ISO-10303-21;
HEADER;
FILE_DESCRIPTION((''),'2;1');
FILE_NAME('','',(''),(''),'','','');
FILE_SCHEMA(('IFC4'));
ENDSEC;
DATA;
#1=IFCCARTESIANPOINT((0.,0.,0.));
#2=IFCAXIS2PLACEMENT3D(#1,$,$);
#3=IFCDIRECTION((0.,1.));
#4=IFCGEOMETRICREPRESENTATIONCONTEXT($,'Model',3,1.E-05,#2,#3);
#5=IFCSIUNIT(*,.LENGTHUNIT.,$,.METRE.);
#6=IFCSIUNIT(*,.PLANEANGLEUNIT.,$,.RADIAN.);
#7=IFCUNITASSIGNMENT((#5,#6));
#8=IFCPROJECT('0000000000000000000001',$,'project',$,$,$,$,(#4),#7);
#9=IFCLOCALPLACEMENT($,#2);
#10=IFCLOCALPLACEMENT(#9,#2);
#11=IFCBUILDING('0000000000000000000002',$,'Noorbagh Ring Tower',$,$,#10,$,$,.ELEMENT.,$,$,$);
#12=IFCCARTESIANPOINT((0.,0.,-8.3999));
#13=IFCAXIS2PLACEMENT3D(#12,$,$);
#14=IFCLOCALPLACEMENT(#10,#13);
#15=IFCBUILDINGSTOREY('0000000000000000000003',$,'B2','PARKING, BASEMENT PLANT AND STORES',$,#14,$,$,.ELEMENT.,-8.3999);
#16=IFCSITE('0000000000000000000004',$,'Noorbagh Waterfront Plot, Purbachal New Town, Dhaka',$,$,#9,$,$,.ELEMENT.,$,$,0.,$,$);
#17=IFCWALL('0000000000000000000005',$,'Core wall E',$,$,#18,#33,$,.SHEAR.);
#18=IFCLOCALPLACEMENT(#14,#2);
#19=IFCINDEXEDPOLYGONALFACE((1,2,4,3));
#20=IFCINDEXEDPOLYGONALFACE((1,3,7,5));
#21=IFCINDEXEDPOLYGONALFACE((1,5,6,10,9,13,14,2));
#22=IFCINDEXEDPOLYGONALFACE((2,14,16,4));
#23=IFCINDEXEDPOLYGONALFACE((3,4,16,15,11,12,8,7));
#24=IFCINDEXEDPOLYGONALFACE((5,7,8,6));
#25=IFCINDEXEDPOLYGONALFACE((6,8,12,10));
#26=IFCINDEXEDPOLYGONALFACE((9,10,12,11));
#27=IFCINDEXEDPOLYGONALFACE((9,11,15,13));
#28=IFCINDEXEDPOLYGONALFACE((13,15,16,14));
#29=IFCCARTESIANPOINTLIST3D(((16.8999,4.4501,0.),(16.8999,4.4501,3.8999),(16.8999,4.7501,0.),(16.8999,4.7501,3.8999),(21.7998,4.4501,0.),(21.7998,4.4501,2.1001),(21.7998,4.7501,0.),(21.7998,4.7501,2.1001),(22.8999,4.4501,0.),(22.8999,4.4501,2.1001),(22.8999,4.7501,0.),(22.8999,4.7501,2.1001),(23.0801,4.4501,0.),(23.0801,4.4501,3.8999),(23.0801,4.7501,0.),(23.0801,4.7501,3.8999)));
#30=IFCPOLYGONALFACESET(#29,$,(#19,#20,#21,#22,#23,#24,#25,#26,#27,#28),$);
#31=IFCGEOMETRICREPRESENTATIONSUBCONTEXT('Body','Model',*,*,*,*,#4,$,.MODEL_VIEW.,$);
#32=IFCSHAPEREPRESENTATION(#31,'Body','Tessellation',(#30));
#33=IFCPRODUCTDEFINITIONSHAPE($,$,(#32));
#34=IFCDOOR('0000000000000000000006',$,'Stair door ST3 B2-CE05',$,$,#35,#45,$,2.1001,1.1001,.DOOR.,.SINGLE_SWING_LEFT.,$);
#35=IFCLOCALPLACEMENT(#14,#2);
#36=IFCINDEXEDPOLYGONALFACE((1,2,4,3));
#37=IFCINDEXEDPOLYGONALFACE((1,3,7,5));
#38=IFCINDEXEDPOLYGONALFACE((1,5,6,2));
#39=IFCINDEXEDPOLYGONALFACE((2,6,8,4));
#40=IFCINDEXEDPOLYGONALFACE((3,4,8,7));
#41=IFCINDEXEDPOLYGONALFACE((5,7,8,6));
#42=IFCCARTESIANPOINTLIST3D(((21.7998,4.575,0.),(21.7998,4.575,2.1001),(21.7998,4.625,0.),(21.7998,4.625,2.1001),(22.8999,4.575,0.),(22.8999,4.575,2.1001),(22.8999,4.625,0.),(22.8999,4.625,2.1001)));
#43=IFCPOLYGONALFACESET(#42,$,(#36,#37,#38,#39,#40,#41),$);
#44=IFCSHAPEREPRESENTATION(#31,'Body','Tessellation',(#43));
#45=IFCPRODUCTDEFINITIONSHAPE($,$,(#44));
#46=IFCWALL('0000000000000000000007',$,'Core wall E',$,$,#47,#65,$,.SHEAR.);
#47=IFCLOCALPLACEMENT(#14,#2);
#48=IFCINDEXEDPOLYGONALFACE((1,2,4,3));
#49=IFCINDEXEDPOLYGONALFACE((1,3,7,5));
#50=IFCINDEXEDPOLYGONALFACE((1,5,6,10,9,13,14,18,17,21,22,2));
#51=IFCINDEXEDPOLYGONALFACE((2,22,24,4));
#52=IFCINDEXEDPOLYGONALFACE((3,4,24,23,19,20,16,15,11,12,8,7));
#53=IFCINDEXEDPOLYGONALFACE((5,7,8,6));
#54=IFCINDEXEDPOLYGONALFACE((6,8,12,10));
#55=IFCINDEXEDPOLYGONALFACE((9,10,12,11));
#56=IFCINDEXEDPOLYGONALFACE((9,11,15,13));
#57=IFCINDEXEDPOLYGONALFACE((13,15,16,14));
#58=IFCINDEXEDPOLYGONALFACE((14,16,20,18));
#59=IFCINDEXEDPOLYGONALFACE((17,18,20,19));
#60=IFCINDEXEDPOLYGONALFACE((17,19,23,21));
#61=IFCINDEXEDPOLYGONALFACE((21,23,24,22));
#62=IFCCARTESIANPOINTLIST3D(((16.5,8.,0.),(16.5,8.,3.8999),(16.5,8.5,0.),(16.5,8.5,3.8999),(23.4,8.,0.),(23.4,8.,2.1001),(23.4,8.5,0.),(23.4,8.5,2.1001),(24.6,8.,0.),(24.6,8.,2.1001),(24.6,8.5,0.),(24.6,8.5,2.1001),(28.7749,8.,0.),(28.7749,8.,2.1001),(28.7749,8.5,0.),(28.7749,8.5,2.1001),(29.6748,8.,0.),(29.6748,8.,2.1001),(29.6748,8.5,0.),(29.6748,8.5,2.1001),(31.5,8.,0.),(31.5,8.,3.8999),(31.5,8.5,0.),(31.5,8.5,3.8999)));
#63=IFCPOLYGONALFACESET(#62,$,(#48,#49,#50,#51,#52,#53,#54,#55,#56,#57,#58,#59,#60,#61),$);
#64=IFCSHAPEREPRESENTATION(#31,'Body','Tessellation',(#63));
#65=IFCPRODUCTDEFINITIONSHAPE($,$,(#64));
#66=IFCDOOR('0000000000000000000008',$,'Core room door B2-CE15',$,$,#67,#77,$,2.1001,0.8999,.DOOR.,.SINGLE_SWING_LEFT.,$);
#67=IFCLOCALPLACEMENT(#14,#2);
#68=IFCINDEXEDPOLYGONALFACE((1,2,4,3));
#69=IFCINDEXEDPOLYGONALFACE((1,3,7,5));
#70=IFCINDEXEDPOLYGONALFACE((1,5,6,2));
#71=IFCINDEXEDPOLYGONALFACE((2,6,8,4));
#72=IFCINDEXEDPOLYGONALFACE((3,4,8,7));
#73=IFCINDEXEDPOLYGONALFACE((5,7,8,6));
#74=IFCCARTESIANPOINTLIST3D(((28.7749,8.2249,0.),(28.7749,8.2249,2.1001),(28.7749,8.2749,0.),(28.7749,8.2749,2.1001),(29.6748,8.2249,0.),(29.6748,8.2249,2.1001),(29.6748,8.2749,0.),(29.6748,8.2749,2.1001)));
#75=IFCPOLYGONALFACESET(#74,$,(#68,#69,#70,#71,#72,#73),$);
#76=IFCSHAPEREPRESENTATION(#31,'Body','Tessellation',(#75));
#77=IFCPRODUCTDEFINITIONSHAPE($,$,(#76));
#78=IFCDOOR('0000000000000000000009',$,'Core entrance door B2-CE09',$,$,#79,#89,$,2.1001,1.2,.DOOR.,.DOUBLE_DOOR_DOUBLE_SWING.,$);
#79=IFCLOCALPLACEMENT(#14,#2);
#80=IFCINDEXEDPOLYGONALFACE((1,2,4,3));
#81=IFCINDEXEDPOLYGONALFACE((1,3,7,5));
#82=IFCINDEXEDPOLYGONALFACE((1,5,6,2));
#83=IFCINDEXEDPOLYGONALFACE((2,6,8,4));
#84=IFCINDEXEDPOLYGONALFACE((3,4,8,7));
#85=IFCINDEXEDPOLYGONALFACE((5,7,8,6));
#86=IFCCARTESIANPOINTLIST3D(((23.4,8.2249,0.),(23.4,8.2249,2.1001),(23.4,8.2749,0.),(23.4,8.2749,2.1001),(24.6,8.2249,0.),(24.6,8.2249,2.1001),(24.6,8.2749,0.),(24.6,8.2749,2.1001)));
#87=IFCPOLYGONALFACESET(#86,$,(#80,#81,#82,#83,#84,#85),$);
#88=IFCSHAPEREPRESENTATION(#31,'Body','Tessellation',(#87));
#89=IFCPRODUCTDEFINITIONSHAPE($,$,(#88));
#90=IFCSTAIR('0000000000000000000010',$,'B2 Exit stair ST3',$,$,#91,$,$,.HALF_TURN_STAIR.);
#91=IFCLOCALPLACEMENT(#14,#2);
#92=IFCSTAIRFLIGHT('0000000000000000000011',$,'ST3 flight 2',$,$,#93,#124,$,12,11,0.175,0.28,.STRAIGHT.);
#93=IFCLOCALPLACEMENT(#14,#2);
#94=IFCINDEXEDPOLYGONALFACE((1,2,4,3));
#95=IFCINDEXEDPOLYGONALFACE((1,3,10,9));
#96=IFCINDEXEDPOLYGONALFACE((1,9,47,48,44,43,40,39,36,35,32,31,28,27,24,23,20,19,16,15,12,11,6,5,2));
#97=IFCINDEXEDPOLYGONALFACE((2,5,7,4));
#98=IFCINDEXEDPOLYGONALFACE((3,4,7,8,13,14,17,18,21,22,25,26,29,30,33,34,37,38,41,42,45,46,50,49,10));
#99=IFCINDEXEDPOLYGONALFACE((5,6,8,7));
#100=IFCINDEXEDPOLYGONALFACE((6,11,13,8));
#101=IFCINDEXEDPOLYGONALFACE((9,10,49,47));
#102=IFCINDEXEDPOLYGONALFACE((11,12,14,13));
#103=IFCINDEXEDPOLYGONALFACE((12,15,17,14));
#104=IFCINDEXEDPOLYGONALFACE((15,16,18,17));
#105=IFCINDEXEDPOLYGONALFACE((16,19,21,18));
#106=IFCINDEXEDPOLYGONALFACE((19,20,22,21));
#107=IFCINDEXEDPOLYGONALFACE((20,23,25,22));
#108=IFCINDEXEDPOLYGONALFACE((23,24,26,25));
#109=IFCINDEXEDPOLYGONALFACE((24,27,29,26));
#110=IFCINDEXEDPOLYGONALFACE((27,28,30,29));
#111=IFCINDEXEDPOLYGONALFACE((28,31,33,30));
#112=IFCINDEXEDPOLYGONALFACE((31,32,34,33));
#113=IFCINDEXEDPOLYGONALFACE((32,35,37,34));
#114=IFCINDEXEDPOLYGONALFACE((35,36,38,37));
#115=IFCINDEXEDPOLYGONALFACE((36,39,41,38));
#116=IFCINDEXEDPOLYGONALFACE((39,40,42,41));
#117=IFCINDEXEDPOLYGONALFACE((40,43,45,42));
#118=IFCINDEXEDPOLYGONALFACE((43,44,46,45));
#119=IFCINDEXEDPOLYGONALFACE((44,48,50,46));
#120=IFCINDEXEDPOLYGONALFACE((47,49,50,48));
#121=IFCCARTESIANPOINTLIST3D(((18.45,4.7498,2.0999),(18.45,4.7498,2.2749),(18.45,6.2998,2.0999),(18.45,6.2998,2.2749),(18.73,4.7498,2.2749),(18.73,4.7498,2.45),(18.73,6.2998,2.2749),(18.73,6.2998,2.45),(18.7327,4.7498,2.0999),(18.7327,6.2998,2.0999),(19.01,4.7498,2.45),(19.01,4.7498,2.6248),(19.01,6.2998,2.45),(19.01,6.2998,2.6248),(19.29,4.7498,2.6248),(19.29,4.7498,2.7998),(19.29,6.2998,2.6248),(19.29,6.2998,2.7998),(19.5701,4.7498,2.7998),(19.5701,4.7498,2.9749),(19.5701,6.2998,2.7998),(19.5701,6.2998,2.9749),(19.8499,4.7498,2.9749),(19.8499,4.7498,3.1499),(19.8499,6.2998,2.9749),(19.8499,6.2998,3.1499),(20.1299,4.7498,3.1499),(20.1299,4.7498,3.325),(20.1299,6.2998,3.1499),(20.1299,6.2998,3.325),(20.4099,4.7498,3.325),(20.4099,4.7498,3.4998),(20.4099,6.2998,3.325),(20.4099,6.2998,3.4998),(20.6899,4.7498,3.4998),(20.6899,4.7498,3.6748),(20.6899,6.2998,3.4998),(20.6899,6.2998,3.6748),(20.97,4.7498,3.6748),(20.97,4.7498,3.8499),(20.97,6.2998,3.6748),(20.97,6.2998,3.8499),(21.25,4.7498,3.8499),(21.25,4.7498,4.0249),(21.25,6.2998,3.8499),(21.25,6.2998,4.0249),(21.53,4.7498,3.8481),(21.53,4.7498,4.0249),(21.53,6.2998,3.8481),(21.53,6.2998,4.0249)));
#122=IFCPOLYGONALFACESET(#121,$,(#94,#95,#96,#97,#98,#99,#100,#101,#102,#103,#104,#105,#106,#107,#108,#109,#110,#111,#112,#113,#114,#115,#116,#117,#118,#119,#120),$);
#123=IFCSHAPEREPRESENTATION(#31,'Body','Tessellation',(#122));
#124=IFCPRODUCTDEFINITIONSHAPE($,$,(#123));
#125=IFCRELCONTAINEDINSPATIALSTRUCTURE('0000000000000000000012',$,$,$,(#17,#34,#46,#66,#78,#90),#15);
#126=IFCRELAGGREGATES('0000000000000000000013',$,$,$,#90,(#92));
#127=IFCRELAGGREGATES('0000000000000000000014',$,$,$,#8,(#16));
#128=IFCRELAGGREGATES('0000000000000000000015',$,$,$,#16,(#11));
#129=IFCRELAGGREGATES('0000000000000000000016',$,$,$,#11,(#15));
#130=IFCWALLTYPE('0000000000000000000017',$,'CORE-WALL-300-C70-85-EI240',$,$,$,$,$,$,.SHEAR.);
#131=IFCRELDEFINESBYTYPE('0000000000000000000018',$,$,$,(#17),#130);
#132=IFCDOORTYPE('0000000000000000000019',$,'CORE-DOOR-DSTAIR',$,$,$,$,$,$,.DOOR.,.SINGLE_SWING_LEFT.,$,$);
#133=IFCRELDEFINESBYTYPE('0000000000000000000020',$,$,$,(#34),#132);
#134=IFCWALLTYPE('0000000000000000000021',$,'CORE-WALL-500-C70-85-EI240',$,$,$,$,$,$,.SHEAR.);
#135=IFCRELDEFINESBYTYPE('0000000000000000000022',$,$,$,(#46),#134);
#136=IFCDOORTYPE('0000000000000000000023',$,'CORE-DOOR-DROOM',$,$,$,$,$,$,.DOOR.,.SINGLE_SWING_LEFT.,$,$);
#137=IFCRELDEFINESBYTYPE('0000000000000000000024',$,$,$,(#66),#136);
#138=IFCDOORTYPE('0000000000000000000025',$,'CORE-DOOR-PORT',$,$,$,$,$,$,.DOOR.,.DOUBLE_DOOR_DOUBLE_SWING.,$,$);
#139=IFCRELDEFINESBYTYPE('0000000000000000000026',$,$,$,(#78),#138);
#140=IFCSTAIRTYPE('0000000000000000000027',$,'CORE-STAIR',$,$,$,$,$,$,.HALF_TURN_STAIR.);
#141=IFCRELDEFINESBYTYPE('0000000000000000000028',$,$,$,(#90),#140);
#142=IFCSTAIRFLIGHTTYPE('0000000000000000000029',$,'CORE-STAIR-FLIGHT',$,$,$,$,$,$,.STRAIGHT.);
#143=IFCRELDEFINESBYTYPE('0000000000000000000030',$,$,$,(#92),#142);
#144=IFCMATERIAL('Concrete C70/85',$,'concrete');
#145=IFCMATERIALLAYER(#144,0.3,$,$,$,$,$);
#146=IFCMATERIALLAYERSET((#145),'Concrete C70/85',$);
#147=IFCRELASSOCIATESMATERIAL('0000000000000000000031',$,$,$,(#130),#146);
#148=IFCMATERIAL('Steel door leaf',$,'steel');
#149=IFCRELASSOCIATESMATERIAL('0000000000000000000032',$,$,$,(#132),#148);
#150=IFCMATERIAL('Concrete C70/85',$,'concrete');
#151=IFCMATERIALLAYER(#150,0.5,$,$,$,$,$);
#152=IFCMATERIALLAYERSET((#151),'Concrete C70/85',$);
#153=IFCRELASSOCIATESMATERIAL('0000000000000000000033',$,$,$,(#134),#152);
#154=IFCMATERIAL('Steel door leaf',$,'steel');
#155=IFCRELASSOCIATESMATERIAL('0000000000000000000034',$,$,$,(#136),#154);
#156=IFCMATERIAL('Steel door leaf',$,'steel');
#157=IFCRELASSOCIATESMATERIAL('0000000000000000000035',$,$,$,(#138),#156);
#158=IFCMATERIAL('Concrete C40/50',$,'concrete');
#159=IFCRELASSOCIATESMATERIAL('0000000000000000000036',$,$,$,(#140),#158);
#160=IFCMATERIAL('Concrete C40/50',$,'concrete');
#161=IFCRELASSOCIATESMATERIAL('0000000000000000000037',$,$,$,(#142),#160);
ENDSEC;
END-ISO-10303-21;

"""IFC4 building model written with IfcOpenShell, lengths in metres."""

from ifc_helpers import new_model, si_unit, direction, frame, frame_2d, origin, place, context, subcontext, project, spatial, polyline, rectangle, outline, extrude, material, layer, layer_set, type_object, element, fill, aggregate, save


model = new_model("IFC4")

# Units and contexts
model_context = context("Model", 3, precision=1e-05, world=origin(), true_north=direction((0.0, 1.0)))
body_context = subcontext(model_context, "Body", "Model", "MODEL_VIEW")
ifc_project = project(units=[si_unit("LENGTHUNIT", "METRE"), si_unit("PLANEANGLEUNIT", "RADIAN")], contexts=[model_context])

# Site, building, storey
site_placement = place(None, origin())
site = spatial("IfcSite", under=ifc_project, at=site_placement, Name="Noorbagh Waterfront Plot, Purbachal New Town, Dhaka", CompositionType="ELEMENT", RefElevation=0.0)
building_placement = place(site_placement, origin())
building = spatial("IfcBuilding", under=site, at=building_placement, Name="Noorbagh Ring Tower", CompositionType="ELEMENT")
storey_placement = place(building_placement, frame((0.0, 0.0, -8.3999)))
storey = spatial("IfcBuildingStorey", under=building, at=storey_placement, Name="B2", Description="PARKING, BASEMENT PLANT AND STORES", CompositionType="ELEMENT", Elevation=-8.3999)

# Wall, opening, door
ifc_material_1 = material(Name="Concrete C70/85", Category="concrete")
ifc_layer_1 = layer(ifc_material_1, 0.3)
ifc_layer_set_1 = layer_set([ifc_layer_1], Name="Concrete C70/85")
wall_type_1 = type_object("IfcWallType", Name="CORE-WALL-300-C70-85-EI240", PredefinedType="SHEAR", material=ifc_layer_set_1)
wall_1_placement = place(storey_placement, frame((16.8999, 4.6001, 0.0), z_axis=(0.0, 0.0, 1.0), x_axis=(1.0, 0.0, 0.0)))
wall_1 = element("IfcWall", 1, at=wall_1_placement, inside=storey, type_object=wall_type_1, Name="Core wall E", PredefinedType="SHEAR", context=body_context, shape_type="SweptSolid", body=[
    extrude(rectangle(XDim=6.1802, YDim=0.3, at=frame_2d((3.0901, 0.0))), origin(), (0.0, 0.0, 1.0), 3.8999),
])
opening_1_placement = place(wall_1_placement, frame((4.8999, 0.0, 0.0)))
opening_1 = element("IfcOpeningElement", 2, at=opening_1_placement, cuts=wall_1, PredefinedType="OPENING", context=body_context, shape_type="SweptSolid", body=[
    extrude(rectangle(XDim=1.1001, YDim=2.1001, at=frame_2d((0.55, 1.05))), frame((0.0, 0.1602, 0.0), z_axis=(0.0, -1.0, 0.0), x_axis=(1.0, 0.0, 0.0)), (0.0, 0.0, 1.0), 0.3201),
])
ifc_material_2 = material(Name="Steel door leaf", Category="steel")
door_type_1 = type_object("IfcDoorType", Name="CORE-DOOR-DSTAIR", OperationType="SINGLE_SWING_LEFT", PredefinedType="DOOR", material=ifc_material_2)
door_1_placement = place(opening_1_placement, origin())
door_1 = element("IfcDoor", 3, at=door_1_placement, inside=storey, type_object=door_type_1, Name="Stair door ST3 B2-CE05", OperationType="SINGLE_SWING_LEFT", OverallHeight=2.1001, OverallWidth=1.1001, PredefinedType="DOOR", context=body_context, shape_type="SweptSolid", body=[
    extrude(rectangle(XDim=1.1001, YDim=2.1001, at=frame_2d((0.55, 1.05))), frame((0.0, 0.0249, 0.0), z_axis=(0.0, -1.0, 0.0), x_axis=(1.0, 0.0, 0.0)), (0.0, 0.0, 1.0), 0.05),
])
fill(opening_1, door_1)

# Wall, openings, doors
ifc_material_3 = material(Name="Concrete C70/85", Category="concrete")
ifc_layer_2 = layer(ifc_material_3, 0.5)
ifc_layer_set_2 = layer_set([ifc_layer_2], Name="Concrete C70/85")
wall_type_2 = type_object("IfcWallType", Name="CORE-WALL-500-C70-85-EI240", PredefinedType="SHEAR", material=ifc_layer_set_2)
wall_2_placement = place(storey_placement, frame((16.5, 8.25, 0.0), z_axis=(0.0, 0.0, 1.0), x_axis=(1.0, 0.0, 0.0)))
wall_2 = element("IfcWall", 4, at=wall_2_placement, inside=storey, type_object=wall_type_2, Name="Core wall E", PredefinedType="SHEAR", context=body_context, shape_type="SweptSolid", body=[
    extrude(rectangle(XDim=15.0, YDim=0.5, at=frame_2d((7.5, 0.0))), origin(), (0.0, 0.0, 1.0), 3.8999),
])
opening_2_placement = place(wall_2_placement, frame((6.8999, 0.0, 0.0)))
opening_2 = element("IfcOpeningElement", 5, at=opening_2_placement, cuts=wall_2, PredefinedType="OPENING", context=body_context, shape_type="SweptSolid", body=[
    extrude(rectangle(XDim=1.2, YDim=2.1001, at=frame_2d((0.6001, 1.05))), frame((0.0, 0.26, 0.0), z_axis=(0.0, -1.0, 0.0), x_axis=(1.0, 0.0, 0.0)), (0.0, 0.0, 1.0), 0.52),
])
opening_3_placement = place(wall_2_placement, frame((12.2749, 0.0, 0.0)))
opening_3 = element("IfcOpeningElement", 6, at=opening_3_placement, cuts=wall_2, PredefinedType="OPENING", context=body_context, shape_type="SweptSolid", body=[
    extrude(rectangle(XDim=0.8999, YDim=2.1001, at=frame_2d((0.45, 1.05))), frame((0.0, 0.26, 0.0), z_axis=(0.0, -1.0, 0.0), x_axis=(1.0, 0.0, 0.0)), (0.0, 0.0, 1.0), 0.52),
])
ifc_material_4 = material(Name="Steel door leaf", Category="steel")
door_type_2 = type_object("IfcDoorType", Name="CORE-DOOR-DROOM", OperationType="SINGLE_SWING_LEFT", PredefinedType="DOOR", material=ifc_material_4)
door_2_placement = place(opening_3_placement, origin())
door_2 = element("IfcDoor", 7, at=door_2_placement, inside=storey, type_object=door_type_2, Name="Core room door B2-CE15", OperationType="SINGLE_SWING_LEFT", OverallHeight=2.1001, OverallWidth=0.8999, PredefinedType="DOOR", context=body_context, shape_type="SweptSolid", body=[
    extrude(rectangle(XDim=0.8999, YDim=2.1001, at=frame_2d((0.45, 1.05))), frame((0.0, 0.0249, 0.0), z_axis=(0.0, -1.0, 0.0), x_axis=(1.0, 0.0, 0.0)), (0.0, 0.0, 1.0), 0.05),
])
fill(opening_3, door_2)
ifc_material_5 = material(Name="Steel door leaf", Category="steel")
door_type_3 = type_object("IfcDoorType", Name="CORE-DOOR-PORT", OperationType="DOUBLE_DOOR_DOUBLE_SWING", PredefinedType="DOOR", material=ifc_material_5)
door_3_placement = place(opening_2_placement, origin())
door_3 = element("IfcDoor", 8, at=door_3_placement, inside=storey, type_object=door_type_3, Name="Core entrance door B2-CE09", OperationType="DOUBLE_DOOR_DOUBLE_SWING", OverallHeight=2.1001, OverallWidth=1.2, PredefinedType="DOOR", context=body_context, shape_type="SweptSolid", body=[
    extrude(rectangle(XDim=1.2, YDim=2.1001, at=frame_2d((0.6001, 1.05))), frame((0.0, 0.0249, 0.0), z_axis=(0.0, -1.0, 0.0), x_axis=(1.0, 0.0, 0.0)), (0.0, 0.0, 1.0), 0.05),
])
fill(opening_2, door_3)

# Stair, stair flight
ifc_material_6 = material(Name="Concrete C40/50", Category="concrete")
stair_type_1 = type_object("IfcStairType", Name="CORE-STAIR", PredefinedType="HALF_TURN_STAIR", material=ifc_material_6)
stair_1_placement = place(storey_placement, origin())
stair_1 = element("IfcStair", 9, at=stair_1_placement, inside=storey, type_object=stair_type_1, Name="B2 Exit stair ST3", PredefinedType="HALF_TURN_STAIR")
ifc_material_7 = material(Name="Concrete C40/50", Category="concrete")
stair_flight_type = type_object("IfcStairFlightType", Name="CORE-STAIR-FLIGHT", PredefinedType="STRAIGHT", material=ifc_material_7)
stair_flight_placement = place(storey_placement, frame((18.45, 5.5249, 2.0999), z_axis=(0.0, 0.0, 1.0), x_axis=(1.0, 0.0, 0.0)))
stair_flight = element("IfcStairFlight", 10, at=stair_flight_placement, type_object=stair_flight_type, Name="ST3 flight 2", NumberOfRisers=12, NumberOfTreads=11, PredefinedType="STRAIGHT", RiserHeight=0.175, TreadLength=0.28, context=body_context, shape_type="SweptSolid", body=[
    extrude(outline(polyline([(0.0, 0.0), (0.0, 0.175), (0.28, 0.175), (0.28, 0.3501), (0.5601, 0.3501), (0.5601, 0.5249), (0.8401, 0.5249), (0.8401, 0.7), (1.1201, 0.7), (1.1201, 0.875), (1.3999, 0.875), (1.3999, 1.05), (1.6799, 1.05), (1.6799, 1.2251), (1.96, 1.2251), (1.96, 1.3999), (2.24, 1.3999), (2.24, 1.575), (2.52, 1.575), (2.52, 1.75), (2.8, 1.75), (2.8, 1.925), (3.0801, 1.925), (3.0801, 2.1001), (3.0801, 1.7483), (0.2827, 0.0), (0.0, 0.0)])), frame((0.0, 0.7749, 0.0), z_axis=(0.0, -1.0, 0.0), x_axis=(1.0, 0.0, 0.0)), (0.0, 0.0, 1.0), 1.55),
])
aggregate(stair_1, [stair_flight])

save(model, "model.ifc")
